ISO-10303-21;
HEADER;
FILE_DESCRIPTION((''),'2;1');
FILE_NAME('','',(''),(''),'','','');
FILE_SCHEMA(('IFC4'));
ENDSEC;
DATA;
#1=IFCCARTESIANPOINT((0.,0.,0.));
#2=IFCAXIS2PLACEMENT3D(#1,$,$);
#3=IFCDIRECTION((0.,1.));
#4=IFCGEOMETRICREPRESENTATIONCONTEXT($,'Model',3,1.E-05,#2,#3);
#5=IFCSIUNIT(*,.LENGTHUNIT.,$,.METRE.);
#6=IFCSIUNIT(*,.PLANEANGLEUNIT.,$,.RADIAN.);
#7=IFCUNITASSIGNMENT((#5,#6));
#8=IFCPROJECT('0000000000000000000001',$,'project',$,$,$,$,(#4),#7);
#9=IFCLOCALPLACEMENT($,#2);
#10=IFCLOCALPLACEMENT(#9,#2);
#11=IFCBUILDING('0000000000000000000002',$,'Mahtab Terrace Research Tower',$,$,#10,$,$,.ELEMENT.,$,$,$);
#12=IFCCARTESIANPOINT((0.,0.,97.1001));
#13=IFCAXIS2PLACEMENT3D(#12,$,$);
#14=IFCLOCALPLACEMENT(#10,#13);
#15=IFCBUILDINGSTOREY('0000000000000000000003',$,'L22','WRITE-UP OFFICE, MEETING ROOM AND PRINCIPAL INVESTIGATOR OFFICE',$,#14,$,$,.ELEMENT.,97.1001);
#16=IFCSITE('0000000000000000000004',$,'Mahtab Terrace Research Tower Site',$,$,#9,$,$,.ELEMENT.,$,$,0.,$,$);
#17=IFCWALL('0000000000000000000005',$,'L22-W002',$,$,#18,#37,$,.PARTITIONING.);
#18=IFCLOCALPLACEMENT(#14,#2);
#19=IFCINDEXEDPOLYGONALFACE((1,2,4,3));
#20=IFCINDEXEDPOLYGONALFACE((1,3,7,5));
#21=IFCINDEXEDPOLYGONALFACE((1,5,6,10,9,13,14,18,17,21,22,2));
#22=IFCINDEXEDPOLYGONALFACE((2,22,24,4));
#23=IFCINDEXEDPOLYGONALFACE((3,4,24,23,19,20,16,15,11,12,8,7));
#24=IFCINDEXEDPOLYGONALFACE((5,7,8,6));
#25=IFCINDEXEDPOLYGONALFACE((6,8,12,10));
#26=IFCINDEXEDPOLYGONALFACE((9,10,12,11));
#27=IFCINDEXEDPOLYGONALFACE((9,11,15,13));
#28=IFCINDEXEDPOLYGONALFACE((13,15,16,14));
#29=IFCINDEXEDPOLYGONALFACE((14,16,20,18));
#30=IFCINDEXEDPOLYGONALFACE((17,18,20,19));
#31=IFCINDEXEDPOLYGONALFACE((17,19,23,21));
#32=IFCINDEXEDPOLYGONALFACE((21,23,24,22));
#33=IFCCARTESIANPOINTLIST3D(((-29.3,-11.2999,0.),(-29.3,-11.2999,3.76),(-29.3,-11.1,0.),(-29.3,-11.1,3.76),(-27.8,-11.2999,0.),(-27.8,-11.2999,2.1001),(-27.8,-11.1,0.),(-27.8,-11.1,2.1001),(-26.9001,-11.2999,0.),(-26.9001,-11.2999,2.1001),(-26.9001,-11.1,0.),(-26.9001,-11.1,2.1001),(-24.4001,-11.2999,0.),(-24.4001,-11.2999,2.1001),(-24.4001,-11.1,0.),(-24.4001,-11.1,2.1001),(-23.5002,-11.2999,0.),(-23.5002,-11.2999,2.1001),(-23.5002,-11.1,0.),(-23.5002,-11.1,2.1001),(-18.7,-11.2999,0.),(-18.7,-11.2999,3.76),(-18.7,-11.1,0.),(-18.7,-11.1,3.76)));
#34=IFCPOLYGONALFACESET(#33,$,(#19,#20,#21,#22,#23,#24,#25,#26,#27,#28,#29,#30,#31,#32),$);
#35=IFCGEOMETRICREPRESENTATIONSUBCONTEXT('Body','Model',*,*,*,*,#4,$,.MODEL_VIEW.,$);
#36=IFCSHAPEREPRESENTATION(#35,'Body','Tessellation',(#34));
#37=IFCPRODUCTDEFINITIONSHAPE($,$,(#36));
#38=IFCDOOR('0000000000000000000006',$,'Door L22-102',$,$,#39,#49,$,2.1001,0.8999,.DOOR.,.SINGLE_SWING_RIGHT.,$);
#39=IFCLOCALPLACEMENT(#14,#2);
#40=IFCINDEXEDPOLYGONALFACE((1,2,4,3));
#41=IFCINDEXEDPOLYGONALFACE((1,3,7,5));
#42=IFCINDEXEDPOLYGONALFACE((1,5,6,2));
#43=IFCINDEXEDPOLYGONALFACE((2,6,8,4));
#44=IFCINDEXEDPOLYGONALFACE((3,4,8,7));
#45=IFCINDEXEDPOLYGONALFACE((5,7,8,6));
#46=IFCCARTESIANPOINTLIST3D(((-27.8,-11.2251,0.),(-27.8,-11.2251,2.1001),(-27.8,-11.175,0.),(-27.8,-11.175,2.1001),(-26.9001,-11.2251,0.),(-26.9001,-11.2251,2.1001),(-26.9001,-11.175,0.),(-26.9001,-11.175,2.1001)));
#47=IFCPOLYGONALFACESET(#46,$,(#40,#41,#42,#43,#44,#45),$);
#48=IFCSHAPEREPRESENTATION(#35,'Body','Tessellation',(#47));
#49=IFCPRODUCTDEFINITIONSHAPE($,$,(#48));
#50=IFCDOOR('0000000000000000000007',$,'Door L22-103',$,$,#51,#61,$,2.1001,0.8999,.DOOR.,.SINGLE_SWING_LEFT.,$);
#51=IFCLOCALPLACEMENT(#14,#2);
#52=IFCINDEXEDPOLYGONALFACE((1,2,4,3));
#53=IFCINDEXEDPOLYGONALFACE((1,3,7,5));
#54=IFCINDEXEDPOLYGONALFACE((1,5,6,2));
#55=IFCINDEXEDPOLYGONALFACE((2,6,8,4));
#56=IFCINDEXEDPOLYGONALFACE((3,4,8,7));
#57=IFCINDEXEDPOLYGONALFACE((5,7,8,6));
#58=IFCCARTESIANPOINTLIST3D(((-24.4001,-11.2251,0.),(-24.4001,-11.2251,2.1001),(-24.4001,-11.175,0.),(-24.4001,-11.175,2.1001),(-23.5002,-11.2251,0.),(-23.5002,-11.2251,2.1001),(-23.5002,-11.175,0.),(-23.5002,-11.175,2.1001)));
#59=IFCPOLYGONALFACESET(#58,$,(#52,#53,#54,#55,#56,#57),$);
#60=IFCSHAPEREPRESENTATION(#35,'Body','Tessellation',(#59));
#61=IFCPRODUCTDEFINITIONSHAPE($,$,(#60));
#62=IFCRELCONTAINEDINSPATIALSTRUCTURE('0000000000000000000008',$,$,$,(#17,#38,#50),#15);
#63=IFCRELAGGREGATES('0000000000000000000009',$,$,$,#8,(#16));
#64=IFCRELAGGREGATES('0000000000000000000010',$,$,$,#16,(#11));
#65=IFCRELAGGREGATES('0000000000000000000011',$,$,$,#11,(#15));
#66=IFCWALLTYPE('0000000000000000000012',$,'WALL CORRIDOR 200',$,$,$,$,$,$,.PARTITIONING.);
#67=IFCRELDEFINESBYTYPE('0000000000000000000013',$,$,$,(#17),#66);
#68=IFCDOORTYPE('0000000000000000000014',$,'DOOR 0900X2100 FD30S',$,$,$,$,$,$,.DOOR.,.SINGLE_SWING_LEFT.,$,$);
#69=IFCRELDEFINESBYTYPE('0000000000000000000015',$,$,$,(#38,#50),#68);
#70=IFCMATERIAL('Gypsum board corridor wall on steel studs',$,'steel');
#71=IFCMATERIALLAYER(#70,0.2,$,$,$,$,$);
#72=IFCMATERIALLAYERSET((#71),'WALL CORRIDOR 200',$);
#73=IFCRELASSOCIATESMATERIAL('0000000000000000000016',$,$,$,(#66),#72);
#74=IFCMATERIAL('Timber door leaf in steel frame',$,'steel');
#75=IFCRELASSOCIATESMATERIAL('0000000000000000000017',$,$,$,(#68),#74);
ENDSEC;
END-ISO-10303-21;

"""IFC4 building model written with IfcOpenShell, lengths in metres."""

from ifc_helpers import new_model, si_unit, direction, frame, frame_2d, origin, place, context, subcontext, project, spatial, rectangle, extrude, material, layer, layer_set, type_object, element, fill, save


model = new_model("IFC4")

# Units and contexts
model_context = context("Model", 3, precision=1e-05, world=origin(), true_north=direction((0.0, 1.0)))
body_context = subcontext(model_context, "Body", "Model", "MODEL_VIEW")
ifc_project = project(units=[si_unit("LENGTHUNIT", "METRE"), si_unit("PLANEANGLEUNIT", "RADIAN")], contexts=[model_context])

# Site, building, storey
site_placement = place(None, origin())
site = spatial("IfcSite", under=ifc_project, at=site_placement, Name="Mahtab Terrace Research Tower Site", CompositionType="ELEMENT", RefElevation=0.0)
building_placement = place(site_placement, origin())
building = spatial("IfcBuilding", under=site, at=building_placement, Name="Mahtab Terrace Research Tower", CompositionType="ELEMENT")
storey_placement = place(building_placement, frame((0.0, 0.0, 97.1001)))
storey = spatial("IfcBuildingStorey", under=building, at=storey_placement, Name="L22", Description="WRITE-UP OFFICE, MEETING ROOM AND PRINCIPAL INVESTIGATOR OFFICE", CompositionType="ELEMENT", Elevation=97.1001)

# Wall, openings, doors
ifc_material_1 = material(Name="Gypsum board corridor wall on steel studs", Category="steel")
ifc_layer_1 = layer(ifc_material_1, 0.2)
ifc_layer_set_1 = layer_set([ifc_layer_1], Name="WALL CORRIDOR 200")
wall_type_1 = type_object("IfcWallType", Name="WALL CORRIDOR 200", PredefinedType="PARTITIONING", material=ifc_layer_set_1)
wall_1_placement = place(storey_placement, frame((-29.3, -11.2, 0.0), z_axis=(0.0, 0.0, 1.0), x_axis=(1.0, 0.0, 0.0)))
wall_1 = element("IfcWall", 1, at=wall_1_placement, inside=storey, type_object=wall_type_1, Name="L22-W002", PredefinedType="PARTITIONING", context=body_context, shape_type="SweptSolid", body=[
    extrude(rectangle(XDim=10.6001, YDim=0.2, at=frame_2d((5.3, 0.0))), origin(), (0.0, 0.0, 1.0), 3.76),
])
opening_1_placement = place(wall_1_placement, frame((1.5, 0.0, 0.0)))
opening_1 = element("IfcOpeningElement", 2, at=opening_1_placement, cuts=wall_1, PredefinedType="OPENING", context=body_context, shape_type="SweptSolid", body=[
    extrude(rectangle(XDim=0.8999, YDim=2.1001, at=frame_2d((0.45, 1.05))), frame((0.0, 0.1099, 0.0), z_axis=(0.0, -1.0, 0.0), x_axis=(1.0, 0.0, 0.0)), (0.0, 0.0, 1.0), 0.22),
])
opening_2_placement = place(wall_1_placement, frame((4.8999, 0.0, 0.0)))
opening_2 = element("IfcOpeningElement", 3, at=opening_2_placement, cuts=wall_1, PredefinedType="OPENING", context=body_context, shape_type="SweptSolid", body=[
    extrude(rectangle(XDim=0.8999, YDim=2.1001, at=frame_2d((0.45, 1.05))), frame((0.0, 0.1099, 0.0), z_axis=(0.0, -1.0, 0.0), x_axis=(1.0, 0.0, 0.0)), (0.0, 0.0, 1.0), 0.22),
])
ifc_material_2 = material(Name="Timber door leaf in steel frame", Category="steel")
door_type_1 = type_object("IfcDoorType", Name="DOOR 0900X2100 FD30S", OperationType="SINGLE_SWING_LEFT", PredefinedType="DOOR", material=ifc_material_2)
door_1_placement = place(opening_1_placement, origin())
door_1 = element("IfcDoor", 4, at=door_1_placement, inside=storey, type_object=door_type_1, Name="Door L22-102", OperationType="SINGLE_SWING_RIGHT", OverallHeight=2.1001, OverallWidth=0.8999, PredefinedType="DOOR", context=body_context, shape_type="SweptSolid", body=[
    extrude(rectangle(XDim=0.8999, YDim=2.1001, at=frame_2d((0.45, 1.05))), frame((0.0, 0.0249, 0.0), z_axis=(0.0, -1.0, 0.0), x_axis=(1.0, 0.0, 0.0)), (0.0, 0.0, 1.0), 0.05),
])
fill(opening_1, door_1)
door_2_placement = place(opening_2_placement, origin())
door_2 = element("IfcDoor", 5, at=door_2_placement, inside=storey, type_object=door_type_1, Name="Door L22-103", OperationType="SINGLE_SWING_LEFT", OverallHeight=2.1001, OverallWidth=0.8999, PredefinedType="DOOR", context=body_context, shape_type="SweptSolid", body=[
    extrude(rectangle(XDim=0.8999, YDim=2.1001, at=frame_2d((0.45, 1.05))), frame((0.0, 0.0249, 0.0), z_axis=(0.0, -1.0, 0.0), x_axis=(1.0, 0.0, 0.0)), (0.0, 0.0, 1.0), 0.05),
])
fill(opening_2, door_2)

save(model, "model.ifc")
